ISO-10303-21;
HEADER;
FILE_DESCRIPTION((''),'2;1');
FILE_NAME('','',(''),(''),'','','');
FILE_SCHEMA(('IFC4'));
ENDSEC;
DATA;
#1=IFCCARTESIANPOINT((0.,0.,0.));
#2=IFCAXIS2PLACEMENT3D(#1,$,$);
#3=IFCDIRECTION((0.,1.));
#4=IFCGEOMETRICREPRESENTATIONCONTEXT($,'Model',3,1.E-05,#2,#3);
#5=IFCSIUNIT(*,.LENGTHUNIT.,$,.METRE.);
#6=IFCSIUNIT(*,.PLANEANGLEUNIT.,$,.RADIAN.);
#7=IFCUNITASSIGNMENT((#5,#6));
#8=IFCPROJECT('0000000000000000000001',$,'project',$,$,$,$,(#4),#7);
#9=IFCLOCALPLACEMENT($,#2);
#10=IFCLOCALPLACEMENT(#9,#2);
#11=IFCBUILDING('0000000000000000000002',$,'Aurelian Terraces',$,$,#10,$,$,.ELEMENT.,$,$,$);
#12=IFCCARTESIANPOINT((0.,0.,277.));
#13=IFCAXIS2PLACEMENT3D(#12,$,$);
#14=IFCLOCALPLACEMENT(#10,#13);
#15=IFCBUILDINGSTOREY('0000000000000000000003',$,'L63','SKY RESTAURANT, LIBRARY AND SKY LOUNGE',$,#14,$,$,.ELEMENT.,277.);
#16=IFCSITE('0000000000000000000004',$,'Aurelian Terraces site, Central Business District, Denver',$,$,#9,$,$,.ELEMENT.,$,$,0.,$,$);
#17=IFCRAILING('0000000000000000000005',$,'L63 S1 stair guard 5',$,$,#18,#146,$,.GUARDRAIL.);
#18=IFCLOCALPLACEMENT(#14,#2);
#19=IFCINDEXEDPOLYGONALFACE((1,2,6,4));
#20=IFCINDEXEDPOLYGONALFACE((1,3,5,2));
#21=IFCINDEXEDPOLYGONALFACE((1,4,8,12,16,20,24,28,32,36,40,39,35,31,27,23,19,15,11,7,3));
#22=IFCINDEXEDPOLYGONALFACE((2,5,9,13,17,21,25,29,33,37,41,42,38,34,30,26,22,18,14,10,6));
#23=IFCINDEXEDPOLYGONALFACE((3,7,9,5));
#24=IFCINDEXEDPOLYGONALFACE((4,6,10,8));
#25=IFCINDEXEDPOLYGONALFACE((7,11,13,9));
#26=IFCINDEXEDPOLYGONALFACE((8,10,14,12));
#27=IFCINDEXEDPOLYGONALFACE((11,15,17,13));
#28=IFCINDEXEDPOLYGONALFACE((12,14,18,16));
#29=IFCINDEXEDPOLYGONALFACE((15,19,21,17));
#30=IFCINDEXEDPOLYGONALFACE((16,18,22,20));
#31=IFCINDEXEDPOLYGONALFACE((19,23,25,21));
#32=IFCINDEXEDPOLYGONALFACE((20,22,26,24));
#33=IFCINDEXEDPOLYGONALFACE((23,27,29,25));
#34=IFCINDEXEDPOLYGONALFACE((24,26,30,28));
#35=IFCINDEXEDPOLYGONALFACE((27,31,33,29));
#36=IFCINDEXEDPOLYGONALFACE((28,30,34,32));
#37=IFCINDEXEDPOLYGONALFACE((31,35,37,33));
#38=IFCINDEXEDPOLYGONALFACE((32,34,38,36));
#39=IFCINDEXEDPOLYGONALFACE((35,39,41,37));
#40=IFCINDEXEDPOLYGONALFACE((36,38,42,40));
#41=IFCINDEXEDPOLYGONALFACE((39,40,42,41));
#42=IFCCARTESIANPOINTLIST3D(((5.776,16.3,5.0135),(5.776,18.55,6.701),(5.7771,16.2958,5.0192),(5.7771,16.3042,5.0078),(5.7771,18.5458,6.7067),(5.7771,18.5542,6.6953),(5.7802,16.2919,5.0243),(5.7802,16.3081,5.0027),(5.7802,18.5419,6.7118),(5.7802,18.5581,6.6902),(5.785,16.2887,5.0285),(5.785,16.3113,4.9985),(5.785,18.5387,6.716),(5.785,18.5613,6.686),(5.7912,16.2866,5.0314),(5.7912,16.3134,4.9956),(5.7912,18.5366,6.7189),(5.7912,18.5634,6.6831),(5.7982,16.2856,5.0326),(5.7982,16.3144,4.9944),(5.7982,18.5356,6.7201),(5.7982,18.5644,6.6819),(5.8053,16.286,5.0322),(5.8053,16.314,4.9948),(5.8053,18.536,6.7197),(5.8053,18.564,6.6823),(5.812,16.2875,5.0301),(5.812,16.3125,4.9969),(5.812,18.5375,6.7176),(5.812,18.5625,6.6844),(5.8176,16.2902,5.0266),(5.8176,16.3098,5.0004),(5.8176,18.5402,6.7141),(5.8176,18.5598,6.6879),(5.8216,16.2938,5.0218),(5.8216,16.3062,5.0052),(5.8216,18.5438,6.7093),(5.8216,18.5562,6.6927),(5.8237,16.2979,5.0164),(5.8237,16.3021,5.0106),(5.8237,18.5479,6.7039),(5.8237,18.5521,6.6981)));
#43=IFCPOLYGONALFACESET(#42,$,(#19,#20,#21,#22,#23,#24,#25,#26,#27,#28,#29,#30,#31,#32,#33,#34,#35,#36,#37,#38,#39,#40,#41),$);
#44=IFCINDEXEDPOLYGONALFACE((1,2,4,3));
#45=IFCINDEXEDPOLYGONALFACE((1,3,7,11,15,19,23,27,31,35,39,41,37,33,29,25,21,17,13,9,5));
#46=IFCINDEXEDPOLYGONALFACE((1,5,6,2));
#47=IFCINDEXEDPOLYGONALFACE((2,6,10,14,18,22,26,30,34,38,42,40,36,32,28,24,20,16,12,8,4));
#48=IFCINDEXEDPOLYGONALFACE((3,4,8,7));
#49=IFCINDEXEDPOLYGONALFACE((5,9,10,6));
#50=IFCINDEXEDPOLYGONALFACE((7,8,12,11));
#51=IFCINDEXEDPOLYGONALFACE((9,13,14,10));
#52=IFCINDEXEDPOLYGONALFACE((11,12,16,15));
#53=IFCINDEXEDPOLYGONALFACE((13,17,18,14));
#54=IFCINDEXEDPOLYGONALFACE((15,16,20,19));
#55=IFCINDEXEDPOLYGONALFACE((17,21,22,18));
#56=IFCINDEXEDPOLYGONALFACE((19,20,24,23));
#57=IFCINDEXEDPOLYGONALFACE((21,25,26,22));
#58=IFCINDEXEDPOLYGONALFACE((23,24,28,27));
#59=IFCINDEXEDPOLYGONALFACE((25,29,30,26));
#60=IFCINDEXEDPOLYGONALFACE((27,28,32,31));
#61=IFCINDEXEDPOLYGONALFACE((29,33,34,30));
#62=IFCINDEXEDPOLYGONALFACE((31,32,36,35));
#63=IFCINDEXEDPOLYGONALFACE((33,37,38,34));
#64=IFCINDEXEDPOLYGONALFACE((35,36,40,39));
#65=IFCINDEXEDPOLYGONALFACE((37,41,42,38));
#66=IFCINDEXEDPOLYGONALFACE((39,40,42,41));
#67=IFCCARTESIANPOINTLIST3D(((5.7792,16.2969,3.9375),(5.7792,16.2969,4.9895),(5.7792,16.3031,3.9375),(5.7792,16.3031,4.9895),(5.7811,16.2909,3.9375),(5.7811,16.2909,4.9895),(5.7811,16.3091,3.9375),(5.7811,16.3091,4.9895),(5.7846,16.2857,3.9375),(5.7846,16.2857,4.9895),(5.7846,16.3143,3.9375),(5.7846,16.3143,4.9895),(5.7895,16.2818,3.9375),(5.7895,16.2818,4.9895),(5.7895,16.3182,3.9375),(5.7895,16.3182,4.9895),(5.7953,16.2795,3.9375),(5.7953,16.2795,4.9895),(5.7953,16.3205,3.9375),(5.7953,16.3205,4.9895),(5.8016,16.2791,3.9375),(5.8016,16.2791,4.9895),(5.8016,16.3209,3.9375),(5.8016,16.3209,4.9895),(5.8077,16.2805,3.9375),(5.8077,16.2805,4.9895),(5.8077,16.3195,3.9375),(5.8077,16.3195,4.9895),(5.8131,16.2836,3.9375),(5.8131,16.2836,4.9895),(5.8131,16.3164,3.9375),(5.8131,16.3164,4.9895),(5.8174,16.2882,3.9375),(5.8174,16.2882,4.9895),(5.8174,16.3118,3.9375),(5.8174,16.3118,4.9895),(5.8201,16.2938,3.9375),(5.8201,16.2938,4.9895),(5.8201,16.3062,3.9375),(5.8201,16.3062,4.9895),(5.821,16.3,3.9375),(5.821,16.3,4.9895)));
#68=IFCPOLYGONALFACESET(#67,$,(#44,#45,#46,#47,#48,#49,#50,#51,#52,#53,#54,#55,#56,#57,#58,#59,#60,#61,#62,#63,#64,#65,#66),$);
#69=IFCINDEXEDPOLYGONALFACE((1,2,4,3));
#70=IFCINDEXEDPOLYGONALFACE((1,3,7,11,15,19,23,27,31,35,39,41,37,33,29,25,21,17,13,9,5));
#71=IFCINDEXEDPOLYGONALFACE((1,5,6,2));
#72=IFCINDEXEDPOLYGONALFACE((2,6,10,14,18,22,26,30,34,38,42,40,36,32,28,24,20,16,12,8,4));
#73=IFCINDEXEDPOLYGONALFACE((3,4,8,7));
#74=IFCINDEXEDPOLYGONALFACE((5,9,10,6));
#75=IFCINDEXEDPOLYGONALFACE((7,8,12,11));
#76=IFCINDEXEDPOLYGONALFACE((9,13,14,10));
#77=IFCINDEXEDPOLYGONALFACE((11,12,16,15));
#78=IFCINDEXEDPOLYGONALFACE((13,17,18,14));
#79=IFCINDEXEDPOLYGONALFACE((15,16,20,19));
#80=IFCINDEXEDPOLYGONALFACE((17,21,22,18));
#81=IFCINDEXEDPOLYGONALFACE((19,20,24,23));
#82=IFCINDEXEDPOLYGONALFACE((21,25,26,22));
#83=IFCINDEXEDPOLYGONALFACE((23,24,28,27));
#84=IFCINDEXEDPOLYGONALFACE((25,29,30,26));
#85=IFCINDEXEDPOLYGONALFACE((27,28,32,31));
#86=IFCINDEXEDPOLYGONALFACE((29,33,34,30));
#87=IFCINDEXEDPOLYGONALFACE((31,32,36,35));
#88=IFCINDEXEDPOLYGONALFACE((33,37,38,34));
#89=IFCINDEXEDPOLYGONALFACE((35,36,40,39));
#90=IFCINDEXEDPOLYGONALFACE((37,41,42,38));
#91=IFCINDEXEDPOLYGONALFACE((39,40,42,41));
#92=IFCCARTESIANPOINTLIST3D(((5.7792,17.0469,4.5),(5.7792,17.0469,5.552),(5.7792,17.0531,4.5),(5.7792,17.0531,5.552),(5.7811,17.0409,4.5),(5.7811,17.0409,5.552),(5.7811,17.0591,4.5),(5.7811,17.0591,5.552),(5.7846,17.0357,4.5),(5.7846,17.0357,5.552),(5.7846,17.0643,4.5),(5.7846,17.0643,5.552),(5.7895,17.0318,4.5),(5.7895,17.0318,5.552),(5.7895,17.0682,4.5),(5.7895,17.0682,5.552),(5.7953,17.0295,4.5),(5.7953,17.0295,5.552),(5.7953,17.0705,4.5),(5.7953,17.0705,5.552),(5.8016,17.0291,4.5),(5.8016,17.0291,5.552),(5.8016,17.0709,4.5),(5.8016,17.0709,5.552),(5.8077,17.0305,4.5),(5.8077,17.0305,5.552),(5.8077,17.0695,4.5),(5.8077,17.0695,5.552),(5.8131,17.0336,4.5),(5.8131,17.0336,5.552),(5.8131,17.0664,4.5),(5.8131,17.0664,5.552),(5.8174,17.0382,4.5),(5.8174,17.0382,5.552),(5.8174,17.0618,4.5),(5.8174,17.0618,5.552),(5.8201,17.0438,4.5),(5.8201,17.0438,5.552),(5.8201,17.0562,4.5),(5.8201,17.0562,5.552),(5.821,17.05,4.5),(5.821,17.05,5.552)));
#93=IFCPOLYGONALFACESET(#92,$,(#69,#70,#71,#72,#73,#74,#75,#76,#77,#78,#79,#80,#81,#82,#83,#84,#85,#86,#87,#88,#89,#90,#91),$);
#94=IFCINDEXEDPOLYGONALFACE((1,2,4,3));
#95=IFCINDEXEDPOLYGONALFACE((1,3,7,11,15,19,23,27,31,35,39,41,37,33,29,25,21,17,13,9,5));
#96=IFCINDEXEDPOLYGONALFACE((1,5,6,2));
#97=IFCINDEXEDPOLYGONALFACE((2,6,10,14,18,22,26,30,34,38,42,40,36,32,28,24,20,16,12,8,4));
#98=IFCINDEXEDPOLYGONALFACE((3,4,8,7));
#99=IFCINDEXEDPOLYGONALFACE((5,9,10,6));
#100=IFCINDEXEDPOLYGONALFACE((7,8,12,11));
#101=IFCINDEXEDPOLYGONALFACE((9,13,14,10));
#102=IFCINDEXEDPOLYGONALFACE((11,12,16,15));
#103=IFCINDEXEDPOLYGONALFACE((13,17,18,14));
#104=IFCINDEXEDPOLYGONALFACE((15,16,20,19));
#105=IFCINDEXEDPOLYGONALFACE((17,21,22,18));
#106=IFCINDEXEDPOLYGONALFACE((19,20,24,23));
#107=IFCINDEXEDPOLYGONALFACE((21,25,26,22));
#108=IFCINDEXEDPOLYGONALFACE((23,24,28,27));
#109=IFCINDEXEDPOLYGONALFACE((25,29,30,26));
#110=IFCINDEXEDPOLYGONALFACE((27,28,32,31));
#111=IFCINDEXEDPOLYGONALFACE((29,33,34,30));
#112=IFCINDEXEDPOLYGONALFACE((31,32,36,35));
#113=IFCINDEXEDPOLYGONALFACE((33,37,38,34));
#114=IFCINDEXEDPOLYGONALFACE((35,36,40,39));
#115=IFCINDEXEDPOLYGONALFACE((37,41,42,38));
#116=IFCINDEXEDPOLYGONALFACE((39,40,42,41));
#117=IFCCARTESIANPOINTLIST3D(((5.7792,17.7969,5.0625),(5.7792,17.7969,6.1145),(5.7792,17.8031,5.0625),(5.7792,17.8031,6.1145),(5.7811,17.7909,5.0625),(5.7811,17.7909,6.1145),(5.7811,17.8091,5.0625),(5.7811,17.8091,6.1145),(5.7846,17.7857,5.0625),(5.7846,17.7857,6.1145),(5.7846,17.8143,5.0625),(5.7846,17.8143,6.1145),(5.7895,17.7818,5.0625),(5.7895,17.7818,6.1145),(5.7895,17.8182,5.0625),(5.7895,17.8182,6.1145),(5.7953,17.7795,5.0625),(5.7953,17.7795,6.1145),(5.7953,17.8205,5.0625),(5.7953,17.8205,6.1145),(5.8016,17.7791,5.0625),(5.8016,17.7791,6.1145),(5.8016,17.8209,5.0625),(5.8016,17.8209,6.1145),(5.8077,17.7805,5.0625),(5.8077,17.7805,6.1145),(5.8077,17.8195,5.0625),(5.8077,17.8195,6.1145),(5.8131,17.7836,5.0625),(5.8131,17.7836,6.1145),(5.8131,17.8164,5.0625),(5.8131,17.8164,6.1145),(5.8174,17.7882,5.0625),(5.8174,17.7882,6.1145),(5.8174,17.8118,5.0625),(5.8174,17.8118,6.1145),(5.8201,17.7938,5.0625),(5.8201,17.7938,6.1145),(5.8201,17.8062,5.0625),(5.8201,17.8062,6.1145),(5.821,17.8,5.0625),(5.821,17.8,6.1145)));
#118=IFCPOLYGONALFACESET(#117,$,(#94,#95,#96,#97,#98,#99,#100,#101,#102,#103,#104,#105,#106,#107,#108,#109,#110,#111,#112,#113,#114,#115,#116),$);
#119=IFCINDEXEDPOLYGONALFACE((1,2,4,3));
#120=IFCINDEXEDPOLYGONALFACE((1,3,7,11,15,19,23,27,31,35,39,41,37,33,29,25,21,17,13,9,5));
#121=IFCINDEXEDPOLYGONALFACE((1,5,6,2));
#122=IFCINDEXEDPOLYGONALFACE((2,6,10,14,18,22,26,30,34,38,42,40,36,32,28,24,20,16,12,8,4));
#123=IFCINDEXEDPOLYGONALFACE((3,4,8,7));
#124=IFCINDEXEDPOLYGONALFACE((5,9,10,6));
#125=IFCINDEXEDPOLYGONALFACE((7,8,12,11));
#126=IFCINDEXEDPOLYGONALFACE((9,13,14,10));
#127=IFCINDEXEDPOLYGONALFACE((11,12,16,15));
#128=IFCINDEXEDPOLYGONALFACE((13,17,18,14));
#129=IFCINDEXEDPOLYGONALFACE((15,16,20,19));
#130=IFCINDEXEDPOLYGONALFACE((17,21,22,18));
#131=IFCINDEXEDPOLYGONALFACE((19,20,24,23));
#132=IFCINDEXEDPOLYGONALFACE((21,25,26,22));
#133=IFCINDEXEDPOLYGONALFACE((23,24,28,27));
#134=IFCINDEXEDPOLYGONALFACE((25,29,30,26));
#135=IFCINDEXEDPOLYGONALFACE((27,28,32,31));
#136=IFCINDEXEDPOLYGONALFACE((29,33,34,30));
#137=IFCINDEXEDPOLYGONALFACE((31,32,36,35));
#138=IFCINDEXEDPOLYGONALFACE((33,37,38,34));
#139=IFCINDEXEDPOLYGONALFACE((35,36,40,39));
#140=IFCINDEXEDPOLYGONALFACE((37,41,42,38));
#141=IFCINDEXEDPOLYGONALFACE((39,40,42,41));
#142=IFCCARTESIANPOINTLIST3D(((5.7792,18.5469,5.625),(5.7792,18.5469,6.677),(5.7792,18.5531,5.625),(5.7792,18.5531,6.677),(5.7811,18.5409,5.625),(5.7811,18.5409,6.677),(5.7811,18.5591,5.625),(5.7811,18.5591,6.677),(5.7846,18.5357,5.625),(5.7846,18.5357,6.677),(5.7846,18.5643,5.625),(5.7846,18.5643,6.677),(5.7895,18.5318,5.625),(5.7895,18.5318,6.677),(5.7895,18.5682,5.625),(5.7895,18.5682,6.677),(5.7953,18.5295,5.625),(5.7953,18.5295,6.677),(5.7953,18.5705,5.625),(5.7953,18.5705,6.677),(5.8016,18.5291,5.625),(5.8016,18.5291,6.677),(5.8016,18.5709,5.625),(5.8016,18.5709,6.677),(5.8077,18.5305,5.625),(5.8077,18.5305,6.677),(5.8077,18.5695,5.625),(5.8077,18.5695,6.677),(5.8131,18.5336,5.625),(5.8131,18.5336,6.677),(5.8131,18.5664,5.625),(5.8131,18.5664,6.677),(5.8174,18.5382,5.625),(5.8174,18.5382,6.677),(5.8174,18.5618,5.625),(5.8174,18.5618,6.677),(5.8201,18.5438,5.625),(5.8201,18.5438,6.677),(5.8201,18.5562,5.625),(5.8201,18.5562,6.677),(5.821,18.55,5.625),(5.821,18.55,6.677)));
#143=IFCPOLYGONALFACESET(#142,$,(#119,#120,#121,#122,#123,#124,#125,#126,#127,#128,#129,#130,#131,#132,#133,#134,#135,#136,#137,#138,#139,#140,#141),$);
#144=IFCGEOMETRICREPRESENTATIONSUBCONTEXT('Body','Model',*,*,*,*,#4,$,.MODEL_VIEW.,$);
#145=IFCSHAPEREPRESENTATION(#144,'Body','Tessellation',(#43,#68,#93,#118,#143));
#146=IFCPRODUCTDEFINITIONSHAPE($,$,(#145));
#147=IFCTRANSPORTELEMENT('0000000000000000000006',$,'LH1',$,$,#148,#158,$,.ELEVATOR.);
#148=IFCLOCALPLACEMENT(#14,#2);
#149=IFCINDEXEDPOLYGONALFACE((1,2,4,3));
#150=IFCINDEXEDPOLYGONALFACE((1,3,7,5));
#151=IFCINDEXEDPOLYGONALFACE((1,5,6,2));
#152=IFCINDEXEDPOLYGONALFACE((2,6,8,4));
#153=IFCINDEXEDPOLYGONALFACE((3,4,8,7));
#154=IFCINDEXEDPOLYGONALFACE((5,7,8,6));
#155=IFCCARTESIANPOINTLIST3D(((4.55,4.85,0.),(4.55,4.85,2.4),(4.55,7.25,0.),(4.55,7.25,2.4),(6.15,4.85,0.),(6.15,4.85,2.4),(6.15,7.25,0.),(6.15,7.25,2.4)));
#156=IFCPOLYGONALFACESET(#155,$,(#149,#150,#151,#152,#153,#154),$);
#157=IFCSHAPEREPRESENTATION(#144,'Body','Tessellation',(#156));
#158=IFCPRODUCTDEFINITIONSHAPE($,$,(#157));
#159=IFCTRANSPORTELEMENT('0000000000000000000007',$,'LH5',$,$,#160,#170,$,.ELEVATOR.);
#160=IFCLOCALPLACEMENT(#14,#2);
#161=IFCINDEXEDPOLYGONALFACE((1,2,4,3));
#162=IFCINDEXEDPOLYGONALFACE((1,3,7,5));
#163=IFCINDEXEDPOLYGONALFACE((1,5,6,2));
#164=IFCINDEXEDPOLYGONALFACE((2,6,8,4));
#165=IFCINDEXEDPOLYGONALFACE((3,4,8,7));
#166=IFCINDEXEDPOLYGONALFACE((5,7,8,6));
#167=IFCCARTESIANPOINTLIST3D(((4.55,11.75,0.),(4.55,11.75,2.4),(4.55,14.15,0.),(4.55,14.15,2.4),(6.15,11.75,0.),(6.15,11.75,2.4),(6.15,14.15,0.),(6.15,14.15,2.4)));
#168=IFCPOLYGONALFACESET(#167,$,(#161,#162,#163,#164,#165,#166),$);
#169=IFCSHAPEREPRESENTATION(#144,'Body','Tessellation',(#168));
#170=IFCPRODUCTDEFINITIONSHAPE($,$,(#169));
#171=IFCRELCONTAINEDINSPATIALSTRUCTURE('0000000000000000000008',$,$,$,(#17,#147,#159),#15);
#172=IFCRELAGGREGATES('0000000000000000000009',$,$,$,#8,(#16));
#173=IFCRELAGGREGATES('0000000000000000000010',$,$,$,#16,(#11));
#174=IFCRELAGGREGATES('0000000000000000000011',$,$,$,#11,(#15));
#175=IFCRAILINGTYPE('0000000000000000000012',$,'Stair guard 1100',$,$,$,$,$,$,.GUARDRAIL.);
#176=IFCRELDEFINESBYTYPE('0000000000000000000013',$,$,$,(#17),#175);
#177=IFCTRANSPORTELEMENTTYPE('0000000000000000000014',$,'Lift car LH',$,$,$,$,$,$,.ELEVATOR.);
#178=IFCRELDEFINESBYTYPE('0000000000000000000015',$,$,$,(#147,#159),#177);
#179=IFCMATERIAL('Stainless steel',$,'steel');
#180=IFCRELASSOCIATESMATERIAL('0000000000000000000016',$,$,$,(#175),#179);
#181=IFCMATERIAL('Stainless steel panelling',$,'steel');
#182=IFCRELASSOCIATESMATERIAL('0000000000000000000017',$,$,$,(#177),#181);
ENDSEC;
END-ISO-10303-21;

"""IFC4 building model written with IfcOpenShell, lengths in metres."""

from ifc_helpers import new_model, si_unit, direction, frame, origin, origin_2d, place, context, subcontext, project, spatial, rectangle, circle, extrude, source, transform, mapped, material, type_object, element, save


model = new_model("IFC4")

# Units and contexts
model_context = context("Model", 3, precision=1e-05, world=origin(), true_north=direction((0.0, 1.0)))
body_context = subcontext(model_context, "Body", "Model", "MODEL_VIEW")
ifc_project = project(units=[si_unit("LENGTHUNIT", "METRE"), si_unit("PLANEANGLEUNIT", "RADIAN")], contexts=[model_context])

# Site, building, storey
site_placement = place(None, origin())
site = spatial("IfcSite", under=ifc_project, at=site_placement, Name="Aurelian Terraces site, Central Business District, Denver", CompositionType="ELEMENT", RefElevation=0.0)
building_placement = place(site_placement, origin())
building = spatial("IfcBuilding", under=site, at=building_placement, Name="Aurelian Terraces", CompositionType="ELEMENT")
storey_placement = place(building_placement, frame((0.0, 0.0, 277.0)))
storey = spatial("IfcBuildingStorey", under=building, at=storey_placement, Name="L63", Description="SKY RESTAURANT, LIBRARY AND SKY LOUNGE", CompositionType="ELEMENT", Elevation=277.0)

# Shared definitions
ifc_material_1 = material(Name="Stainless steel", Category="steel")

# Railing
railing_type = type_object("IfcRailingType", Name="Stair guard 1100", PredefinedType="GUARDRAIL", material=ifc_material_1)
shared_shape_1 = source(origin(), body_context, "Body", "SweptSolid", [
    extrude(circle(Radius=0.024, at=origin_2d()), frame((0.0, 0.0, 1.076), z_axis=(0.0, 0.8, 0.6), x_axis=(-1.0, 0.0, 0.0)), (0.0, 0.0, 1.0), 2.8125),
    extrude(circle(Radius=0.021, at=origin_2d()), origin(), (0.0, 0.0, 1.0), 1.052),
    extrude(circle(Radius=0.021, at=origin_2d()), frame((0.0, 0.75, 0.5625)), (0.0, 0.0, 1.0), 1.052),
    extrude(circle(Radius=0.021, at=origin_2d()), frame((0.0, 1.5, 1.125)), (0.0, 0.0, 1.0), 1.052),
    extrude(circle(Radius=0.021, at=origin_2d()), frame((0.0, 2.25, 1.6875)), (0.0, 0.0, 1.0), 1.052),
])
for number, where, name in (
    (1, (5.8, 16.3, 3.9375), "L63 S1 stair guard 5"),
):
    element("IfcRailing", number, at=place(storey_placement, frame(where)), inside=storey, type_object=railing_type, Name=name, PredefinedType="GUARDRAIL", context=body_context, shape_type="MappedRepresentation", body=[
        mapped(shared_shape_1, transform((0.0, 0.0, 0.0), scale=1.0)),
    ])

# Transport elements
ifc_material_2 = material(Name="Stainless steel panelling", Category="steel")
transport_element_type = type_object("IfcTransportElementType", Name="Lift car LH", PredefinedType="ELEVATOR", material=ifc_material_2)
shared_shape_2 = source(origin(), body_context, "Body", "SweptSolid", [
    extrude(rectangle(XDim=1.6, YDim=2.4, at=origin_2d()), origin(), (0.0, 0.0, 1.0), 2.4),
])
for number, where, z_axis, x_axis, name in (
    (2, (5.35, 6.05, 0.0), (0.0, 0.0, 1.0), (1.0, 0.0, 0.0), "LH1"),
    (3, (5.35, 12.95, 0.0), (0.0, 0.0, 1.0), (1.0, 0.0, 0.0), "LH5"),
):
    element("IfcTransportElement", number, at=place(storey_placement, frame(where, z_axis=z_axis, x_axis=x_axis)), inside=storey, type_object=transport_element_type, Name=name, PredefinedType="ELEVATOR", context=body_context, shape_type="MappedRepresentation", body=[
        mapped(shared_shape_2, transform((0.0, 0.0, 0.0), scale=1.0)),
    ])

save(model, "model.ifc")
